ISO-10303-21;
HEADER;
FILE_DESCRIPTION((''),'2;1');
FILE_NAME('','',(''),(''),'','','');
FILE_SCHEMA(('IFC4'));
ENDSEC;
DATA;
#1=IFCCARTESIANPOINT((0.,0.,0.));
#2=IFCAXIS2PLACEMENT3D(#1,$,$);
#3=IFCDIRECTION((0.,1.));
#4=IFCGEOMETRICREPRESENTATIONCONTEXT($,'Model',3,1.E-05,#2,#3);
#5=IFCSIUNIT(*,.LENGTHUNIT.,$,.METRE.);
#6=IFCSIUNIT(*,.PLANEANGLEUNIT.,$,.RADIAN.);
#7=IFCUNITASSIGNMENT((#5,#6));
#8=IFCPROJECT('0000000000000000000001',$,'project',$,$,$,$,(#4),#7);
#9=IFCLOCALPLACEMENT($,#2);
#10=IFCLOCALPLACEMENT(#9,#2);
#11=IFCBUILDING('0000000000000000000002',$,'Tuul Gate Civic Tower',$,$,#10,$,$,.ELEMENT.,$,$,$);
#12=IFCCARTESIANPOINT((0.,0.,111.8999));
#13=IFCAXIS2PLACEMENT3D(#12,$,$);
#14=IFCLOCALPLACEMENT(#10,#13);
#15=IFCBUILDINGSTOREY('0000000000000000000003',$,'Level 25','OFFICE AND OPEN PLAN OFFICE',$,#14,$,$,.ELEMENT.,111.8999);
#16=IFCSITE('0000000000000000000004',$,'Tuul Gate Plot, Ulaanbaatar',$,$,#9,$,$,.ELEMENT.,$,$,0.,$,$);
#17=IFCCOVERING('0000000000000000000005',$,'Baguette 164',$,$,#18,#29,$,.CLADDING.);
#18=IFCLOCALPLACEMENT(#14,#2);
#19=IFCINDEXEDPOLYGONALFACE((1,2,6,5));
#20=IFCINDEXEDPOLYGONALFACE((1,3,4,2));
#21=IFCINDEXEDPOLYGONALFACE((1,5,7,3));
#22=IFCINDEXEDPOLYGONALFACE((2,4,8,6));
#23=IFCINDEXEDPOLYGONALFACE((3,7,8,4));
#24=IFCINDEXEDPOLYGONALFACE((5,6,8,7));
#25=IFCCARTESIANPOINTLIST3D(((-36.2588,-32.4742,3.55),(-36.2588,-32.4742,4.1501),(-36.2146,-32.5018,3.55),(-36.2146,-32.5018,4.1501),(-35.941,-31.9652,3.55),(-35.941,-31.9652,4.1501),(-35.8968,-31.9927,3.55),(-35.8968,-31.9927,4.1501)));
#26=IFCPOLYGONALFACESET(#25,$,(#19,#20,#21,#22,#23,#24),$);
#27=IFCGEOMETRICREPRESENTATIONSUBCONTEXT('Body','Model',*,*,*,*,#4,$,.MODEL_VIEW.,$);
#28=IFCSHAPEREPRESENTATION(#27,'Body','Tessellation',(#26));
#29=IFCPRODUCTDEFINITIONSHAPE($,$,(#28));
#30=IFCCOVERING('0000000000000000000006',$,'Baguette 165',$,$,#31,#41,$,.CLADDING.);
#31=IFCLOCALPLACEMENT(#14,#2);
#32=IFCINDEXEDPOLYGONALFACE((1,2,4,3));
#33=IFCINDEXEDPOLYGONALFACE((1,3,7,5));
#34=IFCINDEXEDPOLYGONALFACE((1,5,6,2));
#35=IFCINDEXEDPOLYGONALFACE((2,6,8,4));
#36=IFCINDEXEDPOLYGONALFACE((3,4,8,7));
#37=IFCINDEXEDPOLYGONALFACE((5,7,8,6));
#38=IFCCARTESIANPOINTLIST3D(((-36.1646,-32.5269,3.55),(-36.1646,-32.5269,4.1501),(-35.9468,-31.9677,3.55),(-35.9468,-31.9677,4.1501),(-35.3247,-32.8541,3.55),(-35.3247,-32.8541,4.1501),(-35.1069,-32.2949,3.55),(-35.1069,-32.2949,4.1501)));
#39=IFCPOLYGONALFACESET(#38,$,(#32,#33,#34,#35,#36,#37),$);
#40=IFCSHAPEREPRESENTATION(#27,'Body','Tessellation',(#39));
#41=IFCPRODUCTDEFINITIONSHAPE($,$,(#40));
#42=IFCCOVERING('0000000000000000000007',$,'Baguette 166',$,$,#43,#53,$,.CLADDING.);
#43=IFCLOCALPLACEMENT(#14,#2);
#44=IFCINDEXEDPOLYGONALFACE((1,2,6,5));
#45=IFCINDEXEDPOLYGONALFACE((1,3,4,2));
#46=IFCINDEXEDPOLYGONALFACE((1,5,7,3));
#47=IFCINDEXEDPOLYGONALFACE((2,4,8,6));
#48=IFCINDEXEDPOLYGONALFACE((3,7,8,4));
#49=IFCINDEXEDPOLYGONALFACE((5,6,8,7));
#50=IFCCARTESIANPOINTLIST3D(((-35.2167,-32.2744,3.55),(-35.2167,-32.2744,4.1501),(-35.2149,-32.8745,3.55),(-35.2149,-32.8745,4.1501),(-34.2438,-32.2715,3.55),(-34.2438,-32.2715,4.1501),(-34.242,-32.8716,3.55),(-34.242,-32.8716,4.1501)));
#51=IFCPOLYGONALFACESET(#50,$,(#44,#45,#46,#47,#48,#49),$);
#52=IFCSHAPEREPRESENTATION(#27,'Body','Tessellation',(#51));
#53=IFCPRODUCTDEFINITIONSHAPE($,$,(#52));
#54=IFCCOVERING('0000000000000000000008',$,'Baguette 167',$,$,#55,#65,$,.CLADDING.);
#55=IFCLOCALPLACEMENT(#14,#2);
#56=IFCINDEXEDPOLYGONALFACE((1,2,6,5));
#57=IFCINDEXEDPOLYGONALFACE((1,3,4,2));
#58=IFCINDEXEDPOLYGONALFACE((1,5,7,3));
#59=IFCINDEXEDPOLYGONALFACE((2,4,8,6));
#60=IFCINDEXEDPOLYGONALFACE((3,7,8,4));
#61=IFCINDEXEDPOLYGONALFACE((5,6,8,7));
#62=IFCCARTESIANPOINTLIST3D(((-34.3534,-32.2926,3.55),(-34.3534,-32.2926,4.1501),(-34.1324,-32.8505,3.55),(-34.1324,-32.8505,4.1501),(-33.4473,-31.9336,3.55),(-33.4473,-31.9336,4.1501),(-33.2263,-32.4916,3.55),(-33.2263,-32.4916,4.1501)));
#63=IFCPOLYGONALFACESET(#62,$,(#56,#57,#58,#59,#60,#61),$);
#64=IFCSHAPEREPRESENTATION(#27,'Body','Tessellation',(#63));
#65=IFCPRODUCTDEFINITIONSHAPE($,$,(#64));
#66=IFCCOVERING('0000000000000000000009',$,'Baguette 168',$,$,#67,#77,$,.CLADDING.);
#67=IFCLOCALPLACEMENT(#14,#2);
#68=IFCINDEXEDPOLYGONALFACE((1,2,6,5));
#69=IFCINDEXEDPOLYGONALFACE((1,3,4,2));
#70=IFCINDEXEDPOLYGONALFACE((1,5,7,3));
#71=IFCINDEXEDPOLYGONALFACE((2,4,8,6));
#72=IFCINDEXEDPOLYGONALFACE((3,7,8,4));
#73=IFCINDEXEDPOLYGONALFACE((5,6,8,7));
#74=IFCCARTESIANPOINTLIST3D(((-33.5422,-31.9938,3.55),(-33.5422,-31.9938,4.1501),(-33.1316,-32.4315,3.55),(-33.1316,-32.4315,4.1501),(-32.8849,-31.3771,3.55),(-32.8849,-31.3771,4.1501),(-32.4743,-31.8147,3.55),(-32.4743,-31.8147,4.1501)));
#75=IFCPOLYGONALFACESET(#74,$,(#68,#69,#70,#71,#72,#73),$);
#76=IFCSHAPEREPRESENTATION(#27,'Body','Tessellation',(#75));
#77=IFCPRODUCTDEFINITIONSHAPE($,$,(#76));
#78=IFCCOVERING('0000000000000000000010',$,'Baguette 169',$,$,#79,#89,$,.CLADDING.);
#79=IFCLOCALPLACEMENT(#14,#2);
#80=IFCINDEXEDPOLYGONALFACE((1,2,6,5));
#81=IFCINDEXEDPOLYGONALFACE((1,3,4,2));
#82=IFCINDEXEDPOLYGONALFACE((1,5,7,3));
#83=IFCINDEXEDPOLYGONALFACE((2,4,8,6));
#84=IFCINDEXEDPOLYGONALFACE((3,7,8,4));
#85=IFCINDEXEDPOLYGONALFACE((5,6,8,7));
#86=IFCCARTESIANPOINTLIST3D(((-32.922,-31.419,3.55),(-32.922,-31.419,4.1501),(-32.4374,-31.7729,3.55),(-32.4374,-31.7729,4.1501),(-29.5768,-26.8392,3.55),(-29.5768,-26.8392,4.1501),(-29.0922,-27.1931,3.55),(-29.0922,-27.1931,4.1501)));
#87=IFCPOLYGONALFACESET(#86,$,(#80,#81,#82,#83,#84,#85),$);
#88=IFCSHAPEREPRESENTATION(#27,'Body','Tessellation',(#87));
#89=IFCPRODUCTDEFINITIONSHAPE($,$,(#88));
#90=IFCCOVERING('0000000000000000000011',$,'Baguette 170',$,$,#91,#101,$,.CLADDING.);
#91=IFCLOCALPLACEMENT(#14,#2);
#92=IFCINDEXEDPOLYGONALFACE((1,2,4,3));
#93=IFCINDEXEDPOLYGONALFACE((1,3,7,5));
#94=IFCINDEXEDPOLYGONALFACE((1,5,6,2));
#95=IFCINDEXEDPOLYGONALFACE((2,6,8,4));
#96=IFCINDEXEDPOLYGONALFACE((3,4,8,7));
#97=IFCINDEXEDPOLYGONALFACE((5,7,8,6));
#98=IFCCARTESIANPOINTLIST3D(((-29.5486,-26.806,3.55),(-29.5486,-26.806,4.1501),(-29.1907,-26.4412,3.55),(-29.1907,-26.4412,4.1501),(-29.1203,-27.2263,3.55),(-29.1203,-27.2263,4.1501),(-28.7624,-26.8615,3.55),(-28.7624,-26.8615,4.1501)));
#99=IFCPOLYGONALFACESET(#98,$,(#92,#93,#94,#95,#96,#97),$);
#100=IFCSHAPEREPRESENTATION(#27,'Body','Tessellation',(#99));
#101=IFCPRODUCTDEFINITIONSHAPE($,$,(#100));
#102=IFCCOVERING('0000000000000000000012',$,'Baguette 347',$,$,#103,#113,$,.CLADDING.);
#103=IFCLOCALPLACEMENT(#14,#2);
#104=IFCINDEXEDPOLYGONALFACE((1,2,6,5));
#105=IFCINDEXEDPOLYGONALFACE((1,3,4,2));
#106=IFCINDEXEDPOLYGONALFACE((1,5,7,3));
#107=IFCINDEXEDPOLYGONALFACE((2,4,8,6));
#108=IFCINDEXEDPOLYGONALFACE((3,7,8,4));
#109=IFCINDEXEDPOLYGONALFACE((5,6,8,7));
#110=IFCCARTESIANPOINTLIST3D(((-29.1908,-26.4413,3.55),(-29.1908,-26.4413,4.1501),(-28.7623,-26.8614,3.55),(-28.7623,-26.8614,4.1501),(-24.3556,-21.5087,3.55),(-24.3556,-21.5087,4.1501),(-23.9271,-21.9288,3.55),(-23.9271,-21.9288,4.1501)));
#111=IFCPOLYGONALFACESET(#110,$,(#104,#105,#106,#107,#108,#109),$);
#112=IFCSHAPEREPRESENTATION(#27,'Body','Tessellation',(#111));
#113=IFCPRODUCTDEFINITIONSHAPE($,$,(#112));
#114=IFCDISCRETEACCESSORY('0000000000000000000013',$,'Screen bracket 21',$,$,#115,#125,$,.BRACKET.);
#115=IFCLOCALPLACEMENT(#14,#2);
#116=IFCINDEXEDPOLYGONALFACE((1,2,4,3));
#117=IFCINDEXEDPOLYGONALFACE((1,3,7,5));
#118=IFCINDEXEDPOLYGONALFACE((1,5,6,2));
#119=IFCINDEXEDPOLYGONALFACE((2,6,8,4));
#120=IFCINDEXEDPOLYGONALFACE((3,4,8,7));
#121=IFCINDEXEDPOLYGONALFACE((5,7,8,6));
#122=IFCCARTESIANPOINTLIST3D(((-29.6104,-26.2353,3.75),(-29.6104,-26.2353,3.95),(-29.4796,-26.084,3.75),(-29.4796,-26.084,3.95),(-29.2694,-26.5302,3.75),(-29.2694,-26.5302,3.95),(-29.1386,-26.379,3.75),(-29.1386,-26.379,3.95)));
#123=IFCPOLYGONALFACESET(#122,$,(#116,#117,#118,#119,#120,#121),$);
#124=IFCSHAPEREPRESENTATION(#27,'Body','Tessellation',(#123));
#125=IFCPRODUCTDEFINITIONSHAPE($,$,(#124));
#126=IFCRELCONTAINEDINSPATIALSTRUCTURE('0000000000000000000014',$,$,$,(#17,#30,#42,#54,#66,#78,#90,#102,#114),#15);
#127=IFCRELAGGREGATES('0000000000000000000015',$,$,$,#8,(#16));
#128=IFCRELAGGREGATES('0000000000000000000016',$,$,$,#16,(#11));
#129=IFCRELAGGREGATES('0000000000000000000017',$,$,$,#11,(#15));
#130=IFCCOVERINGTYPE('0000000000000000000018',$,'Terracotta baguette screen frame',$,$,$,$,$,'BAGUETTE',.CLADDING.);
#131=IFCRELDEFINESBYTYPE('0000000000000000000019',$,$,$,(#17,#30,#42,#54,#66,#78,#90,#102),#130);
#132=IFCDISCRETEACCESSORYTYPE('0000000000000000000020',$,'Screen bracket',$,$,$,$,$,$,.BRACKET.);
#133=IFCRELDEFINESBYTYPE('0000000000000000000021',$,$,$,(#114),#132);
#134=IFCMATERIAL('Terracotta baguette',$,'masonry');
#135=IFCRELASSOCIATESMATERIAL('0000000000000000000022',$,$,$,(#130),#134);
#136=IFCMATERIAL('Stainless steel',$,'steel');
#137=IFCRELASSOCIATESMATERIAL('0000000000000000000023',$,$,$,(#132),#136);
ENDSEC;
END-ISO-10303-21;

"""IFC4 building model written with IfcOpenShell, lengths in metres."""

from ifc_helpers import new_model, si_unit, direction, frame, origin, origin_2d, place, context, subcontext, project, spatial, rectangle, extrude, material, material_profile, profile_set, type_object, element, save


model = new_model("IFC4")

# Units and contexts
model_context = context("Model", 3, precision=1e-05, world=origin(), true_north=direction((0.0, 1.0)))
body_context = subcontext(model_context, "Body", "Model", "MODEL_VIEW")
ifc_project = project(units=[si_unit("LENGTHUNIT", "METRE"), si_unit("PLANEANGLEUNIT", "RADIAN")], contexts=[model_context])

# Site, building, storey
site_placement = place(None, origin())
site = spatial("IfcSite", under=ifc_project, at=site_placement, Name="Tuul Gate Plot, Ulaanbaatar", CompositionType="ELEMENT", RefElevation=0.0)
building_placement = place(site_placement, origin())
building = spatial("IfcBuilding", under=site, at=building_placement, Name="Tuul Gate Civic Tower", CompositionType="ELEMENT")
storey_placement = place(building_placement, frame((0.0, 0.0, 111.8999)))
storey = spatial("IfcBuildingStorey", under=building, at=storey_placement, Name="Level 25", Description="OFFICE AND OPEN PLAN OFFICE", CompositionType="ELEMENT", Elevation=111.8999)

# Coverings
ifc_material_1 = material(Name="Terracotta baguette", Category="masonry")
ifc_material_profile_1 = material_profile(ifc_material_1, rectangle(XDim=0.6001, YDim=0.6001, at=origin_2d()), Name="Terracotta baguette screen frame")
ifc_profile_set_1 = profile_set([ifc_material_profile_1], Name="Terracotta baguette")
covering_type = type_object("IfcCoveringType", Name="Terracotta baguette screen frame", ElementType="BAGUETTE", PredefinedType="CLADDING", material=ifc_profile_set_1)
covering_1_placement = place(storey_placement, frame((-36.0999, -32.2197, 3.8501), z_axis=(0.848261, -0.529578, 0.0), x_axis=(0.529578, 0.848261, 0.0)))
element("IfcCovering", 1, at=covering_1_placement, inside=storey, type_object=covering_type, Name="Baguette 164", PredefinedType="CLADDING", context=body_context, shape_type="SweptSolid", body=[
    extrude(rectangle(XDim=0.6001, YDim=0.6001, at=origin_2d()), origin(), (0.0, 0.0, 1.0), 0.052),
])
covering_2_placement = place(storey_placement, frame((-36.0557, -32.2473, 3.8501), z_axis=(0.931801, -0.362969, 0.0), x_axis=(0.362969, 0.931801, 0.0)))
element("IfcCovering", 2, at=covering_2_placement, inside=storey, type_object=covering_type, Name="Baguette 165", PredefinedType="CLADDING", context=body_context, shape_type="SweptSolid", body=[
    extrude(rectangle(XDim=0.6001, YDim=0.6001, at=origin_2d()), origin(), (0.0, 0.0, 1.0), 0.9014),
])
covering_3_placement = place(storey_placement, frame((-35.2158, -32.5745, 3.8501), z_axis=(0.999995, 0.003011, 0.0), x_axis=(-0.003011, 0.999995, 0.0)))
element("IfcCovering", 3, at=covering_3_placement, inside=storey, type_object=covering_type, Name="Baguette 166", PredefinedType="CLADDING", context=body_context, shape_type="SweptSolid", body=[
    extrude(rectangle(XDim=0.6001, YDim=0.6001, at=origin_2d()), origin(), (0.0, 0.0, 1.0), 0.9729),
])
covering_4_placement = place(storey_placement, frame((-34.2429, -32.5715, 3.8501), z_axis=(0.929715, 0.368279, 0.0), x_axis=(-0.368279, 0.929715, 0.0)))
element("IfcCovering", 4, at=covering_4_placement, inside=storey, type_object=covering_type, Name="Baguette 167", PredefinedType="CLADDING", context=body_context, shape_type="SweptSolid", body=[
    extrude(rectangle(XDim=0.6001, YDim=0.6001, at=origin_2d()), origin(), (0.0, 0.0, 1.0), 0.9746),
])
covering_5_placement = place(storey_placement, frame((-33.3369, -32.2126, 3.8501), z_axis=(0.729233, 0.684265, 0.0), x_axis=(-0.684265, 0.729233, 0.0)))
element("IfcCovering", 5, at=covering_5_placement, inside=storey, type_object=covering_type, Name="Baguette 168", PredefinedType="CLADDING", context=body_context, shape_type="SweptSolid", body=[
    extrude(rectangle(XDim=0.6001, YDim=0.6001, at=origin_2d()), origin(), (0.0, 0.0, 1.0), 0.9014),
])
covering_6_placement = place(storey_placement, frame((-32.6797, -31.5959, 3.8501), z_axis=(0.589834, 0.807524, 0.0), x_axis=(-0.807524, 0.589834, 0.0)))
element("IfcCovering", 6, at=covering_6_placement, inside=storey, type_object=covering_type, Name="Baguette 169", PredefinedType="CLADDING", context=body_context, shape_type="SweptSolid", body=[
    extrude(rectangle(XDim=0.6001, YDim=0.6001, at=origin_2d()), origin(), (0.0, 0.0, 1.0), 5.6714),
])
covering_7_placement = place(storey_placement, frame((-29.3345, -27.0161, 3.8501), z_axis=(0.700387, 0.713764, 0.0), x_axis=(-0.713764, 0.700387, 0.0)))
element("IfcCovering", 7, at=covering_7_placement, inside=storey, type_object=covering_type, Name="Baguette 170", PredefinedType="CLADDING", context=body_context, shape_type="SweptSolid", body=[
    extrude(rectangle(XDim=0.6001, YDim=0.6001, at=origin_2d()), origin(), (0.0, 0.0, 1.0), 0.511),
])
covering_8_placement = place(storey_placement, frame((-28.9766, -26.6514, 3.8501), z_axis=(0.70002, 0.714123, 0.0), x_axis=(-0.714123, 0.70002, 0.0)))
element("IfcCovering", 8, at=covering_8_placement, inside=storey, type_object=covering_type, Name="Baguette 347", PredefinedType="CLADDING", context=body_context, shape_type="SweptSolid", body=[
    extrude(rectangle(XDim=0.6001, YDim=0.6001, at=origin_2d()), origin(), (0.0, 0.0, 1.0), 6.9072),
])

# Discrete accessory
ifc_material_2 = material(Name="Stainless steel", Category="steel")
discrete_accessory_type = type_object("IfcDiscreteAccessoryType", Name="Screen bracket", PredefinedType="BRACKET", material=ifc_material_2)
discrete_accessory_placement = place(storey_placement, frame((-29.3745, -26.3071, 3.75), z_axis=(0.0, 0.0, 1.0), x_axis=(0.756345, -0.654173, 0.0)))
element("IfcDiscreteAccessory", 9, at=discrete_accessory_placement, inside=storey, type_object=discrete_accessory_type, Name="Screen bracket 21", PredefinedType="BRACKET", context=body_context, shape_type="SweptSolid", body=[
    extrude(rectangle(XDim=0.4509, YDim=0.2, at=origin_2d()), origin(), (0.0, 0.0, 1.0), 0.2),
])

save(model, "model.ifc")
